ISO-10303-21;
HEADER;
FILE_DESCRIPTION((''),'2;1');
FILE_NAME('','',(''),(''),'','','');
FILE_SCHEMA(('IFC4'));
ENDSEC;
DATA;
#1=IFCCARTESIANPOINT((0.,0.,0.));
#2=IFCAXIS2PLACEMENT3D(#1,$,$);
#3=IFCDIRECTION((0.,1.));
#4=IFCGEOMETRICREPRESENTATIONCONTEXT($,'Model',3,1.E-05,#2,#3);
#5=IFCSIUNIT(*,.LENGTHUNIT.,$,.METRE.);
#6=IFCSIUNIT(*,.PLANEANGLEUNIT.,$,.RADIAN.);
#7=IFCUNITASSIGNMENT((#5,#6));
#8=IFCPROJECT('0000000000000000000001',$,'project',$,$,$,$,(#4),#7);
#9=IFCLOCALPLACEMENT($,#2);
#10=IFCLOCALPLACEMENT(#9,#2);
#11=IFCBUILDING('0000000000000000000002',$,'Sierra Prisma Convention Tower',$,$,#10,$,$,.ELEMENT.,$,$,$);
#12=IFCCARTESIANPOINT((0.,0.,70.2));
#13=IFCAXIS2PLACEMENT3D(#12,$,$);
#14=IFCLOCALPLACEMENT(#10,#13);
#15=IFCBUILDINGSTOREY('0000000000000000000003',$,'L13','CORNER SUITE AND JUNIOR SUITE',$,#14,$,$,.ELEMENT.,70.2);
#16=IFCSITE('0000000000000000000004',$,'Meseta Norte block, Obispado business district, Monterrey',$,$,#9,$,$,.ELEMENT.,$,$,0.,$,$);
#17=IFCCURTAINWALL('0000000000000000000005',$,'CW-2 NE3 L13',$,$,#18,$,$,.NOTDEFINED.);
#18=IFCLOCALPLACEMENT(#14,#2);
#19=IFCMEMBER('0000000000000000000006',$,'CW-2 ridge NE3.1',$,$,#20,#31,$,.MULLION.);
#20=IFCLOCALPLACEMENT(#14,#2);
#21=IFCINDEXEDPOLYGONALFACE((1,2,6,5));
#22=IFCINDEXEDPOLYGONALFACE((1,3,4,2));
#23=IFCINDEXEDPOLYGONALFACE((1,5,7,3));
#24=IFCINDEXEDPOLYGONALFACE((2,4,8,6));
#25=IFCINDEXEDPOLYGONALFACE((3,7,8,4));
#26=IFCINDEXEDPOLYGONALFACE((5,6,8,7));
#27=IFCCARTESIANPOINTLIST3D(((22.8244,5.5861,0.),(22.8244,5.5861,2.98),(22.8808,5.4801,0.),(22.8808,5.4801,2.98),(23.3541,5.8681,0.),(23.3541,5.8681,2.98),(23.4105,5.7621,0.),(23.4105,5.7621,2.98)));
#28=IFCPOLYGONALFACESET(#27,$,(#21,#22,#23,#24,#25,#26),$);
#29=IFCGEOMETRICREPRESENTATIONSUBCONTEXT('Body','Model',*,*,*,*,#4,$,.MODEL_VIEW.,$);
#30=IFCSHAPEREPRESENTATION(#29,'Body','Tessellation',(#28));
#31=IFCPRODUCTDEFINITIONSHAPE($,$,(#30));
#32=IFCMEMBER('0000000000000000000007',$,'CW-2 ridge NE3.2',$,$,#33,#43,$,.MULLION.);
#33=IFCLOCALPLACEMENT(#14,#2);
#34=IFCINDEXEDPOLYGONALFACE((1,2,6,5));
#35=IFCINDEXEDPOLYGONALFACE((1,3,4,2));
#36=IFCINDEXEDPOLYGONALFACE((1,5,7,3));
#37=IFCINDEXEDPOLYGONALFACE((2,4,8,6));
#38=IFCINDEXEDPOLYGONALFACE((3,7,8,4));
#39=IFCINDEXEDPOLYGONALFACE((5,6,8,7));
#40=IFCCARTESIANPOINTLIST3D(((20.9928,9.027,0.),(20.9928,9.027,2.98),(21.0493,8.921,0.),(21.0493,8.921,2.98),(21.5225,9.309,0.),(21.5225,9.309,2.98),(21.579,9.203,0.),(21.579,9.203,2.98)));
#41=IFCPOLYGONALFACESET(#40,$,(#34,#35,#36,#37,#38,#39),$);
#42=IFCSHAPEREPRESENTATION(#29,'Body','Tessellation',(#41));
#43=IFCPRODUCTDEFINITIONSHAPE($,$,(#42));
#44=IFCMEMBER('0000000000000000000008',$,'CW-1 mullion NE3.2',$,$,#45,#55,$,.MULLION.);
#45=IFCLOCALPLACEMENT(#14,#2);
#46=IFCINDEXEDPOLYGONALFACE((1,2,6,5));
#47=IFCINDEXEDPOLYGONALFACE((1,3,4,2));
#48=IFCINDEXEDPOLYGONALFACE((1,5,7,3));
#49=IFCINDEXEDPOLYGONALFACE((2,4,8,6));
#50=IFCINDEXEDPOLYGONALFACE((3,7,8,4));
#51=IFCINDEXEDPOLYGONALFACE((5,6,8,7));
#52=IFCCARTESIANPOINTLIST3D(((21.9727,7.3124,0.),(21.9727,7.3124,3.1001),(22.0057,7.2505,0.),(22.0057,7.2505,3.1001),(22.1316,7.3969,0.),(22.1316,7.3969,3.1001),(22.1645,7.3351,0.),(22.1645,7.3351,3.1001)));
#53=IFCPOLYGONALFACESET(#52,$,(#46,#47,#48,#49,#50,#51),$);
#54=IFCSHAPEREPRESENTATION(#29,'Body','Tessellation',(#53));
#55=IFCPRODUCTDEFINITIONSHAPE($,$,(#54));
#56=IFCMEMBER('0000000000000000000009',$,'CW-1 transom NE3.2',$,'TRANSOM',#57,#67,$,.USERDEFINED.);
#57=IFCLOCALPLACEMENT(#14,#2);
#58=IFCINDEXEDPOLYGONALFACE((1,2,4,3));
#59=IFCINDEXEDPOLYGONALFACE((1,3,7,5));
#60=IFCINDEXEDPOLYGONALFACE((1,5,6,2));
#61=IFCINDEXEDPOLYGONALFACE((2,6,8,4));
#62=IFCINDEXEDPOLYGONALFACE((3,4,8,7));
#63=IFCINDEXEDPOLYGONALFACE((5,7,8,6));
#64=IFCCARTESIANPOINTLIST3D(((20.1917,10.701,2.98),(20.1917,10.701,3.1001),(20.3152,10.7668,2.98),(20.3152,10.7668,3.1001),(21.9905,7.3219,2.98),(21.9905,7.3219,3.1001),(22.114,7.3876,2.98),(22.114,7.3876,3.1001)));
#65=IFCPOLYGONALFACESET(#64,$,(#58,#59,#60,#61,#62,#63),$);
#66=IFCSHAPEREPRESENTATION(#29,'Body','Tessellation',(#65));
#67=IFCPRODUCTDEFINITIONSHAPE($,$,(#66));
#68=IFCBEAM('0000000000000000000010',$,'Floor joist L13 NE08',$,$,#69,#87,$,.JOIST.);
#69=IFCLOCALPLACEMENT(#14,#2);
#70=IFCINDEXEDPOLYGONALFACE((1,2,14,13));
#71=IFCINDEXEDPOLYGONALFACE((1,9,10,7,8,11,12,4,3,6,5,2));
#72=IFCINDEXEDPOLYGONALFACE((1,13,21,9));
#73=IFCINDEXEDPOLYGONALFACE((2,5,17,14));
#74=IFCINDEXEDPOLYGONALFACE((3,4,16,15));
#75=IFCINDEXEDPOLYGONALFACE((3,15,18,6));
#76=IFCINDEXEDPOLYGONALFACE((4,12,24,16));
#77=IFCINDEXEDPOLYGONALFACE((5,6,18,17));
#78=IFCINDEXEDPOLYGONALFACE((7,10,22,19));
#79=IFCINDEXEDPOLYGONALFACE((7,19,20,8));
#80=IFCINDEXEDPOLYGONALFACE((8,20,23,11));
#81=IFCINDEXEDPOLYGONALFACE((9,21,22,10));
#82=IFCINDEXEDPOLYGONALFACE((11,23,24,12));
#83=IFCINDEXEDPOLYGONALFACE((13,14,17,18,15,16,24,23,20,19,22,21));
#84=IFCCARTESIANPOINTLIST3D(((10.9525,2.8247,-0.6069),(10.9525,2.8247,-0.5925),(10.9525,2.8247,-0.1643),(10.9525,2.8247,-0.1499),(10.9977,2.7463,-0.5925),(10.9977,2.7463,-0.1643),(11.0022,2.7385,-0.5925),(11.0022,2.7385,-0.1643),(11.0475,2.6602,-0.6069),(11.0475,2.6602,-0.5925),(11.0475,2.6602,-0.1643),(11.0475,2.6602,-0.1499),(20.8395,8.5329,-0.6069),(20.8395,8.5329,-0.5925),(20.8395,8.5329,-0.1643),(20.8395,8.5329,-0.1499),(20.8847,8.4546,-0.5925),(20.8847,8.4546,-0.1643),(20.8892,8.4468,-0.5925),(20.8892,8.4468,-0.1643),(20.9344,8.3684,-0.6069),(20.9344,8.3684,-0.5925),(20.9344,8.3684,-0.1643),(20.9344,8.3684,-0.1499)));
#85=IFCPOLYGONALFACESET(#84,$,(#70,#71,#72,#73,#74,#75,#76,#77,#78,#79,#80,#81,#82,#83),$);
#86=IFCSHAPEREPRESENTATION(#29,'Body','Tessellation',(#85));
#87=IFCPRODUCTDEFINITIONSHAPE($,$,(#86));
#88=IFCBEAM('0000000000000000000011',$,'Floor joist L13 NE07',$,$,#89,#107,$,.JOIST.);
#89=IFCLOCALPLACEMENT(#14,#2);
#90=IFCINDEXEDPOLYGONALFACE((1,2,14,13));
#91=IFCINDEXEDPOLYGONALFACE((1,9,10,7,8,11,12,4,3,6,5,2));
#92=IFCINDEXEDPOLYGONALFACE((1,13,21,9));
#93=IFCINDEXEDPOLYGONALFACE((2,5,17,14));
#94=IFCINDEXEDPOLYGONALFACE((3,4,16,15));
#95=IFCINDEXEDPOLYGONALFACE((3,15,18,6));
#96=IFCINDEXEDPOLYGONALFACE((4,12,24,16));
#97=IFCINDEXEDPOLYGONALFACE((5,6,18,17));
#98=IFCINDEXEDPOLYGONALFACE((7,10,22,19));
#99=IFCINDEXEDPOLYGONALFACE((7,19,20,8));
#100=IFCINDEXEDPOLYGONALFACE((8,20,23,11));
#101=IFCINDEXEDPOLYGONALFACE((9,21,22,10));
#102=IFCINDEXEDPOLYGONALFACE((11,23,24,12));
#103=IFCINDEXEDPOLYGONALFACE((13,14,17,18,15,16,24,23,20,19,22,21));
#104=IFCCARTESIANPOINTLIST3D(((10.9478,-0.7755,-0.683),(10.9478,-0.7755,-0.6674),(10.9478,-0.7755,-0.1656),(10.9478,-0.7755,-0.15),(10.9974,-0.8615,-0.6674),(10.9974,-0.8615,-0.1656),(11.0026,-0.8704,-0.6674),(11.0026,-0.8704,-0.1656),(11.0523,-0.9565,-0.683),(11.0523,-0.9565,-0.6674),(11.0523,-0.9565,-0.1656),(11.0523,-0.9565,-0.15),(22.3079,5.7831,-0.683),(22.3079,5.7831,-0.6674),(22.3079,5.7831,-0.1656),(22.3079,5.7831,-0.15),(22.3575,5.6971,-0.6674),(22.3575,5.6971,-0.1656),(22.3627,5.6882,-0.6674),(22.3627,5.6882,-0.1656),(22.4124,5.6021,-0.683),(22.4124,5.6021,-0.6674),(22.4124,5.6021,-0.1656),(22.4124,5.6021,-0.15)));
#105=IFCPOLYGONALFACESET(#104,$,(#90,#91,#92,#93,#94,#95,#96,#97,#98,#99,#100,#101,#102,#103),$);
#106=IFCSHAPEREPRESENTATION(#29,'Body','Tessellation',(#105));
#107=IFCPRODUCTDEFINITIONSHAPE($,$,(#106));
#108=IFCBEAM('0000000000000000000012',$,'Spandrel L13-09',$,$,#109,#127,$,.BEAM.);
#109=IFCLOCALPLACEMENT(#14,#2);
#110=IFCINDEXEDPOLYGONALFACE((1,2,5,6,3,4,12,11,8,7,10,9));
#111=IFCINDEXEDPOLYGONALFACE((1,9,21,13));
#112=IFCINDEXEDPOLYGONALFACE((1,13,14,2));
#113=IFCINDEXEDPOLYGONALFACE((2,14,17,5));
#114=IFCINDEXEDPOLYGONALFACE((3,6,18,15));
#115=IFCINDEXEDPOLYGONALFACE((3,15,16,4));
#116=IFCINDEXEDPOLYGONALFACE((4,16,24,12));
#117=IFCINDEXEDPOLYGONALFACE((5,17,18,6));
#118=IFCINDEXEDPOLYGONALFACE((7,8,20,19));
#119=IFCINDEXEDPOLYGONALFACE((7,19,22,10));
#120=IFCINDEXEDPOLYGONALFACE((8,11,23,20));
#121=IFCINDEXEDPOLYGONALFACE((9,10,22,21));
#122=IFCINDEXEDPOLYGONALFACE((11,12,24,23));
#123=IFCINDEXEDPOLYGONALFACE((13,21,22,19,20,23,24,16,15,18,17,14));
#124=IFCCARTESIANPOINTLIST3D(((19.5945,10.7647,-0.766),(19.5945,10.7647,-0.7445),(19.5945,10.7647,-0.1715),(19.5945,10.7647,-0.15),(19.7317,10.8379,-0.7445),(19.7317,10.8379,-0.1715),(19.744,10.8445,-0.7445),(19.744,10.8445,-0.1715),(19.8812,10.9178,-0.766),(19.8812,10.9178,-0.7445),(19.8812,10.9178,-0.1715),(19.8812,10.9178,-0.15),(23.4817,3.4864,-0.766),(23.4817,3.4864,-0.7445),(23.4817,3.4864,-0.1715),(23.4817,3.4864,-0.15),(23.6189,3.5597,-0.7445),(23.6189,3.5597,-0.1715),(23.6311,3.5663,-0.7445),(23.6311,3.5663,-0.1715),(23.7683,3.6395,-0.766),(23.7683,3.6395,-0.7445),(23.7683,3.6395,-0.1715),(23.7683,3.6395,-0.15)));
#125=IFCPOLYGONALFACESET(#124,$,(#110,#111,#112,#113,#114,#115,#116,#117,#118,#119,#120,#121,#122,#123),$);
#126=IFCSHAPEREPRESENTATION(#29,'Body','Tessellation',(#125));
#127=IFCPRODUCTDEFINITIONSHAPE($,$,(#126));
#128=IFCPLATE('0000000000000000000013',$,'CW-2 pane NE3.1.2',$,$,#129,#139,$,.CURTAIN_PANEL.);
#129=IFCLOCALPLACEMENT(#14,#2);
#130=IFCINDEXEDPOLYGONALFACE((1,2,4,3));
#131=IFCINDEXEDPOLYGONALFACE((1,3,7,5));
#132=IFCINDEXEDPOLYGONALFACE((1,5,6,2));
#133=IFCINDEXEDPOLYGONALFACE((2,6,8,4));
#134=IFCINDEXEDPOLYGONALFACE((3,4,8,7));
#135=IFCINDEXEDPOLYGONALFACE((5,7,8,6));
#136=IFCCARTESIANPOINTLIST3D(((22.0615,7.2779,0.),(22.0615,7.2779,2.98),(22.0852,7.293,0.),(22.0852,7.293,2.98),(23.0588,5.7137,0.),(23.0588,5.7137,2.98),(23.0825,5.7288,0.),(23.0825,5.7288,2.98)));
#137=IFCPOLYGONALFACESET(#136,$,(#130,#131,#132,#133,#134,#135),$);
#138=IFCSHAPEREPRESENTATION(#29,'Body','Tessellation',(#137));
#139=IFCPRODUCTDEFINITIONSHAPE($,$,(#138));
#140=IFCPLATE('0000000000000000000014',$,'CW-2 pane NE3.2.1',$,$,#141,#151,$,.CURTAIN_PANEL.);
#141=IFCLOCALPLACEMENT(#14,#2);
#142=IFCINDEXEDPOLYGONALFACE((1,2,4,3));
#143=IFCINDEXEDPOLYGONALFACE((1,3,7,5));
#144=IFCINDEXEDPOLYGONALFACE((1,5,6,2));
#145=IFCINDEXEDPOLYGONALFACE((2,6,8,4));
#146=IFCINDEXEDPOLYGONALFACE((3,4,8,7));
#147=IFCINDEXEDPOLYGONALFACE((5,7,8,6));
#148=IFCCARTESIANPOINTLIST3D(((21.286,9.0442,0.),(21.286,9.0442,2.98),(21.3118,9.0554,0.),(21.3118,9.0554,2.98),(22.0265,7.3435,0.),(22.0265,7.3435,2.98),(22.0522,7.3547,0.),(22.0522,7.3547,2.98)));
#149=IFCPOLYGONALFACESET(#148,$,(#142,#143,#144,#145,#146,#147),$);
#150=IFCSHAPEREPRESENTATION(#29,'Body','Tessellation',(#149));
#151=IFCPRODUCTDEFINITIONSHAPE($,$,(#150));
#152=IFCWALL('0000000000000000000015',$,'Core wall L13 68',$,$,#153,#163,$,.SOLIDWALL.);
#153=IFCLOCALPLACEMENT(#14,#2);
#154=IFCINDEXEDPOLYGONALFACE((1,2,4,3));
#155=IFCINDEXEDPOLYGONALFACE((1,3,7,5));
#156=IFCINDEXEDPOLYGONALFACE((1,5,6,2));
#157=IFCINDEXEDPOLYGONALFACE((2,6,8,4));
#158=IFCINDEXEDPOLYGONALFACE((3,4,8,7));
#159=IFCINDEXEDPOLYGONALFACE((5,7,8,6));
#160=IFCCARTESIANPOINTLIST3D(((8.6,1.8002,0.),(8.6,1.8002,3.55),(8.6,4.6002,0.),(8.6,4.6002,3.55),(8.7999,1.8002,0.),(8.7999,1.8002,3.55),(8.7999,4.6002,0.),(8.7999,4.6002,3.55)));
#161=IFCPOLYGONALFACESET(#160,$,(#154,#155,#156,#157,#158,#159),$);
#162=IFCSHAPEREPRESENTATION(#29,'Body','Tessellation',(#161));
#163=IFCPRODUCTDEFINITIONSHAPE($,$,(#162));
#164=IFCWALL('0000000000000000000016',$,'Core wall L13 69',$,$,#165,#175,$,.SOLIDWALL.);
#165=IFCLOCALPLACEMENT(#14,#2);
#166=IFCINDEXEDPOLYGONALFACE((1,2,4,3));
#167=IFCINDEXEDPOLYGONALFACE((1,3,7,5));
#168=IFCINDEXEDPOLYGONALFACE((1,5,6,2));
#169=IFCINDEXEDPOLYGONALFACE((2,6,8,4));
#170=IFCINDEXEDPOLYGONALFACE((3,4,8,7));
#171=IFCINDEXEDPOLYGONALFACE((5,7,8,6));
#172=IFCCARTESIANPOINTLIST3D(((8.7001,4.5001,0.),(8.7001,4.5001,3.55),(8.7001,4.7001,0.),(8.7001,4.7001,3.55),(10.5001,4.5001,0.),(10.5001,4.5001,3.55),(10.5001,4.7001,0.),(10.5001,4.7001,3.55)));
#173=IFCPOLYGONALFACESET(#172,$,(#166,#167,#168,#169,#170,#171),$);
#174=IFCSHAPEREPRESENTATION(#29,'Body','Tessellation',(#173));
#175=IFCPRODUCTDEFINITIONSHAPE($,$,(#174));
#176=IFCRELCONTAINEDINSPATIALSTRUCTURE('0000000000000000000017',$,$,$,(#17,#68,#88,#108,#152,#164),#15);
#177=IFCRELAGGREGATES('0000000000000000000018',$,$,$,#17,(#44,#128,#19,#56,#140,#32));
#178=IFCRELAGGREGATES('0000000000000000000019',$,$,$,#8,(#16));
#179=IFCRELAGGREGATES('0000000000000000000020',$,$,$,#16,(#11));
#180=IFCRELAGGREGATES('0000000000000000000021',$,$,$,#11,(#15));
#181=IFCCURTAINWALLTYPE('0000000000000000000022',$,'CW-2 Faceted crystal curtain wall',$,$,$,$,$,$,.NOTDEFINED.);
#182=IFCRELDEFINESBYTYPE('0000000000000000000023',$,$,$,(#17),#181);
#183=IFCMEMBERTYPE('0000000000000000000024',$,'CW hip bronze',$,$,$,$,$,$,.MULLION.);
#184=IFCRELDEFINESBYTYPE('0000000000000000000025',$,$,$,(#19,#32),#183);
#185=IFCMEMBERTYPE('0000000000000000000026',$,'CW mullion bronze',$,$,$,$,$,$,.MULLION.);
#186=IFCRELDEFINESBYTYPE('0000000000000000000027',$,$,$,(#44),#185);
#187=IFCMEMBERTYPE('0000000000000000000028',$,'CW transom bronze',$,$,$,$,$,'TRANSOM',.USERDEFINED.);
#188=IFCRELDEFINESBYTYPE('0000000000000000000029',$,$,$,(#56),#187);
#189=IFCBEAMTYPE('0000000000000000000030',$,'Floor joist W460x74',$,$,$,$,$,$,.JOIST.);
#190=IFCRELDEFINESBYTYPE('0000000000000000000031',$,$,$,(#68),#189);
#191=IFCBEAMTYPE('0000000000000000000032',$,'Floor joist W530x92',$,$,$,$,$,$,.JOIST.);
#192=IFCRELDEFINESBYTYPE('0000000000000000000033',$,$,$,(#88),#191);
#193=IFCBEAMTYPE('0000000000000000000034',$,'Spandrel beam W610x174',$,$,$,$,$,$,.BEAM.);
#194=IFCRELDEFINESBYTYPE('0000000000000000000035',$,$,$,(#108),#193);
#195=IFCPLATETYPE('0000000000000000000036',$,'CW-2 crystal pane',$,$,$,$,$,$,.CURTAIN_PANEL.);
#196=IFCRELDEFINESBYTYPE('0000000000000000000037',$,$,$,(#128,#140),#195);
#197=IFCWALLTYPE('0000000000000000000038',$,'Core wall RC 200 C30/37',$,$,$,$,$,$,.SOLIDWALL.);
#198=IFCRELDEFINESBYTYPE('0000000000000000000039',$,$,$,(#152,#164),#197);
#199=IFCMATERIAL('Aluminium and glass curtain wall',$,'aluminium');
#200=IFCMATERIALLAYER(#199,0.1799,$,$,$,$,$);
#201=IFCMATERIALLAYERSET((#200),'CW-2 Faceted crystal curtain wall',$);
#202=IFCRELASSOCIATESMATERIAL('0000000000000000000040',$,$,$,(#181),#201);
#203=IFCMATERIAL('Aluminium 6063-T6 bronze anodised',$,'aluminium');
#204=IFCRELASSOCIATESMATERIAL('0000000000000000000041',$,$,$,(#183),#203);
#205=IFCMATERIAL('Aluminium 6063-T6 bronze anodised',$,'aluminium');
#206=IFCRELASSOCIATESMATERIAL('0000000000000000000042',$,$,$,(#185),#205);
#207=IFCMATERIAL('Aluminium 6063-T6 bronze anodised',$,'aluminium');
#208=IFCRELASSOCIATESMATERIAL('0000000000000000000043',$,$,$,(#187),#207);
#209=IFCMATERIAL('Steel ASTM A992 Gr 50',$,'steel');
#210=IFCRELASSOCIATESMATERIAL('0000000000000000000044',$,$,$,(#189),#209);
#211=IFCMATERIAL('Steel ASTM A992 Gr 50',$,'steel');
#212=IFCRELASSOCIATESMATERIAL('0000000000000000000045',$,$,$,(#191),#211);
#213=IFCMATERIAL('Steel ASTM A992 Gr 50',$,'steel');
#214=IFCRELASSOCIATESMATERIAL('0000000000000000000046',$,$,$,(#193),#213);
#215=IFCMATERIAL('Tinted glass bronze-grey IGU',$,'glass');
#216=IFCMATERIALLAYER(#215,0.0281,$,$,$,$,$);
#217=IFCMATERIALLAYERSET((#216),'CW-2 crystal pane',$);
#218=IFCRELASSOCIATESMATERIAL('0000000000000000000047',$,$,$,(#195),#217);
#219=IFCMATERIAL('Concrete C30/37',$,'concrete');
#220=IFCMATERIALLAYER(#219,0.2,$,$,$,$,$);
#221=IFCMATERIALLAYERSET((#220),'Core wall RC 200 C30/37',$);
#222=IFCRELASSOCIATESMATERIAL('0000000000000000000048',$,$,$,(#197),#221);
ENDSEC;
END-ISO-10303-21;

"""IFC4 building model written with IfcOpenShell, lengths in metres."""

from ifc_helpers import new_model, si_unit, direction, frame, frame_2d, origin, origin_2d, place, context, subcontext, project, spatial, polyline, rectangle, i_section, outline, extrude, material, layer, layer_set, material_profile, profile_set, type_object, element, aggregate, save


model = new_model("IFC4")

# Units and contexts
model_context = context("Model", 3, precision=1e-05, world=origin(), true_north=direction((0.0, 1.0)))
body_context = subcontext(model_context, "Body", "Model", "MODEL_VIEW")
ifc_project = project(units=[si_unit("LENGTHUNIT", "METRE"), si_unit("PLANEANGLEUNIT", "RADIAN")], contexts=[model_context])

# Site, building, storey
site_placement = place(None, origin())
site = spatial("IfcSite", under=ifc_project, at=site_placement, Name="Meseta Norte block, Obispado business district, Monterrey", CompositionType="ELEMENT", RefElevation=0.0)
building_placement = place(site_placement, origin())
building = spatial("IfcBuilding", under=site, at=building_placement, Name="Sierra Prisma Convention Tower", CompositionType="ELEMENT")
storey_placement = place(building_placement, frame((0.0, 0.0, 70.2)))
storey = spatial("IfcBuildingStorey", under=building, at=storey_placement, Name="L13", Description="CORNER SUITE AND JUNIOR SUITE", CompositionType="ELEMENT", Elevation=70.2)

# Curtain wall, members
ifc_material_1 = material(Name="Aluminium and glass curtain wall", Category="aluminium")
ifc_layer_1 = layer(ifc_material_1, 0.1799)
ifc_layer_set_1 = layer_set([ifc_layer_1], Name="CW-2 Faceted crystal curtain wall")
curtain_wall_type = type_object("IfcCurtainWallType", Name="CW-2 Faceted crystal curtain wall", PredefinedType="NOTDEFINED", material=ifc_layer_set_1)
curtain_wall_placement = place(storey_placement, origin())
curtain_wall = element("IfcCurtainWall", 1, at=curtain_wall_placement, inside=storey, type_object=curtain_wall_type, Name="CW-2 NE3 L13", PredefinedType="NOTDEFINED")
ifc_material_2 = material(Name="Aluminium 6063-T6 bronze anodised", Category="aluminium")
ifc_material_profile_1 = material_profile(ifc_material_2, rectangle(XDim=0.1201, YDim=0.6001, at=origin_2d()), Name="ALU RIDGE BLADE 120x600")
ifc_profile_set_1 = profile_set([ifc_material_profile_1], Name="Aluminium 6063-T6 bronze anodised")
member_type_1 = type_object("IfcMemberType", Name="CW hip bronze", PredefinedType="MULLION", material=ifc_profile_set_1)
member_1_placement = place(storey_placement, frame((23.1174, 5.6741, 0.0), z_axis=(0.0, 0.0, 1.0), x_axis=(-0.469904, 0.882718, 0.0)))
member_1 = element("IfcMember", 2, at=member_1_placement, type_object=member_type_1, Name="CW-2 ridge NE3.1", PredefinedType="MULLION", context=body_context, shape_type="SweptSolid", body=[
    extrude(rectangle(XDim=0.1201, YDim=0.6001, at=origin_2d()), origin(), (0.0, 0.0, 1.0), 2.98),
])
member_2_placement = place(storey_placement, frame((21.2859, 9.115, 0.0), z_axis=(0.0, 0.0, 1.0), x_axis=(-0.469904, 0.882718, 0.0)))
member_2 = element("IfcMember", 3, at=member_2_placement, type_object=member_type_1, Name="CW-2 ridge NE3.2", PredefinedType="MULLION", context=body_context, shape_type="SweptSolid", body=[
    extrude(rectangle(XDim=0.1201, YDim=0.6001, at=origin_2d()), origin(), (0.0, 0.0, 1.0), 2.98),
])
ifc_material_3 = material(Name="Aluminium 6063-T6 bronze anodised", Category="aluminium")
ifc_material_profile_2 = material_profile(ifc_material_3, rectangle(XDim=0.1799, YDim=0.0701, at=origin_2d()), Name="ALU MULLION 70x180")
ifc_profile_set_2 = profile_set([ifc_material_profile_2], Name="Aluminium 6063-T6 bronze anodised")
member_type_2 = type_object("IfcMemberType", Name="CW mullion bronze", PredefinedType="MULLION", material=ifc_profile_set_2)
member_3_placement = place(storey_placement, frame((22.0686, 7.3237, 0.0), z_axis=(0.0, 0.0, 1.0), x_axis=(-0.882718, -0.469904, 0.0)))
member_3 = element("IfcMember", 4, at=member_3_placement, type_object=member_type_2, Name="CW-1 mullion NE3.2", PredefinedType="MULLION", context=body_context, shape_type="SweptSolid", body=[
    extrude(rectangle(XDim=0.1799, YDim=0.0701, at=origin_2d()), origin(), (0.0, 0.0, 1.0), 3.1001),
])
ifc_material_4 = material(Name="Aluminium 6063-T6 bronze anodised", Category="aluminium")
ifc_material_profile_3 = material_profile(ifc_material_4, rectangle(XDim=0.1399, YDim=0.1201, at=origin_2d()), Name="ALU TRANSOM 120x140")
ifc_profile_set_3 = profile_set([ifc_material_profile_3], Name="Aluminium 6063-T6 bronze anodised")
member_type_3 = type_object("IfcMemberType", Name="CW transom bronze", ElementType="TRANSOM", PredefinedType="USERDEFINED", material=ifc_profile_set_3)
member_4_placement = place(storey_placement, frame((22.0522, 7.3547, 3.04), z_axis=(-0.4699, 0.88272, 0.0), x_axis=(-0.88272, -0.4699, 0.0)))
member_4 = element("IfcMember", 5, at=member_4_placement, type_object=member_type_3, Name="CW-1 transom NE3.2", ObjectType="TRANSOM", PredefinedType="USERDEFINED", context=body_context, shape_type="SweptSolid", body=[
    extrude(rectangle(XDim=0.1399, YDim=0.1201, at=origin_2d()), origin(), (0.0, 0.0, 1.0), 3.8281),
])

# Beams
ifc_material_5 = material(Name="Steel ASTM A992 Gr 50", Category="steel")
ifc_material_profile_4 = material_profile(ifc_material_5, i_section(OverallWidth=0.1899, OverallDepth=0.457, WebThickness=0.009, FlangeThickness=0.0144, at=origin_2d()), Name="W460x74")
ifc_profile_set_4 = profile_set([ifc_material_profile_4], Name="Steel ASTM A992 Gr 50")
beam_type_1 = type_object("IfcBeamType", Name="Floor joist W460x74", PredefinedType="JOIST", material=ifc_profile_set_4)
beam_1_placement = place(storey_placement, frame((20.887, 8.4507, -0.3784), z_axis=(-0.866025, -0.500001, 0.0), x_axis=(0.500001, -0.866025, 0.0)))
element("IfcBeam", 6, at=beam_1_placement, inside=storey, type_object=beam_type_1, Name="Floor joist L13 NE08", PredefinedType="JOIST", context=body_context, shape_type="SweptSolid", body=[
    extrude(i_section(OverallWidth=0.1899, OverallDepth=0.457, WebThickness=0.009, FlangeThickness=0.0144, at=origin_2d()), origin(), (0.0, 0.0, 1.0), 11.4165),
])
ifc_material_6 = material(Name="Steel ASTM A992 Gr 50", Category="steel")
ifc_material_profile_5 = material_profile(ifc_material_6, i_section(OverallWidth=0.209, OverallDepth=0.533, WebThickness=0.0103, FlangeThickness=0.0156, at=origin_2d()), Name="W530x92")
ifc_profile_set_5 = profile_set([ifc_material_profile_5], Name="Steel ASTM A992 Gr 50")
beam_type_2 = type_object("IfcBeamType", Name="Floor joist W530x92", PredefinedType="JOIST", material=ifc_profile_set_5)
beam_2_placement = place(storey_placement, frame((22.3601, 5.6926, -0.4165), z_axis=(-0.866031, -0.49999, 0.0), x_axis=(0.49999, -0.866031, 0.0)))
element("IfcBeam", 7, at=beam_2_placement, inside=storey, type_object=beam_type_2, Name="Floor joist L13 NE07", PredefinedType="JOIST", context=body_context, shape_type="SweptSolid", body=[
    extrude(i_section(OverallWidth=0.209, OverallDepth=0.533, WebThickness=0.0103, FlangeThickness=0.0156, at=origin_2d()), origin(), (0.0, 0.0, 1.0), 13.1174),
])
ifc_material_7 = material(Name="Steel ASTM A992 Gr 50", Category="steel")
ifc_material_profile_6 = material_profile(ifc_material_7, i_section(OverallWidth=0.325, OverallDepth=0.616, WebThickness=0.0139, FlangeThickness=0.0215, at=origin_2d()), Name="W610x174")
ifc_profile_set_6 = profile_set([ifc_material_profile_6], Name="Steel ASTM A992 Gr 50")
beam_type_3 = type_object("IfcBeamType", Name="Spandrel beam W610x174", PredefinedType="BEAM", material=ifc_profile_set_6)
beam_3_placement = place(storey_placement, frame((23.625, 3.563, -0.458), z_axis=(-0.471101, 0.882079, 0.0), x_axis=(-0.882079, -0.471101, 0.0)))
element("IfcBeam", 8, at=beam_3_placement, inside=storey, type_object=beam_type_3, Name="Spandrel L13-09", PredefinedType="BEAM", context=body_context, shape_type="SweptSolid", body=[
    extrude(i_section(OverallWidth=0.325, OverallDepth=0.616, WebThickness=0.0139, FlangeThickness=0.0215, at=origin_2d()), origin(), (0.0, 0.0, 1.0), 8.2512),
])

# Plates
ifc_material_8 = material(Name="Tinted glass bronze-grey IGU", Category="glass")
ifc_layer_2 = layer(ifc_material_8, 0.0281)
ifc_layer_set_2 = layer_set([ifc_layer_2], Name="CW-2 crystal pane")
plate_type = type_object("IfcPlateType", Name="CW-2 crystal pane", PredefinedType="CURTAIN_PANEL", material=ifc_layer_set_2)
plate_1_placement = place(storey_placement, frame((22.0852, 7.293, 0.0), z_axis=(0.843195, 0.537608, 0.0), x_axis=(0.537608, -0.843195, 0.0)))
plate_1 = element("IfcPlate", 9, at=plate_1_placement, type_object=plate_type, Name="CW-2 pane NE3.1.2", PredefinedType="CURTAIN_PANEL", context=body_context, shape_type="SweptSolid", body=[
    extrude(outline(polyline([(0.0, 0.0), (1.8551, 0.0), (1.8551, -2.98), (0.0, -2.98), (0.0, 0.0)])), origin(), (0.0, 0.0, -1.0), 0.0281),
])
plate_2_placement = place(storey_placement, frame((22.0522, 7.3547, 0.0), z_axis=(0.916863, 0.399203, 0.0), x_axis=(-0.399203, 0.916863, 0.0)))
plate_2 = element("IfcPlate", 10, at=plate_2_placement, type_object=plate_type, Name="CW-2 pane NE3.2.1", PredefinedType="CURTAIN_PANEL", context=body_context, shape_type="SweptSolid", body=[
    extrude(outline(polyline([(0.0, 0.0), (1.8549, 0.0), (1.8549, 2.98), (0.0, 2.98), (0.0, 0.0)])), origin(), (0.0, 0.0, -1.0), 0.0281),
])
aggregate(curtain_wall, [member_3, plate_1, member_1, member_4, plate_2, member_2])

# Shared definitions
ifc_material_9 = material(Name="Concrete C30/37", Category="concrete")
ifc_layer_3 = layer(ifc_material_9, 0.2)
ifc_layer_set_3 = layer_set([ifc_layer_3], Name="Core wall RC 200 C30/37")
wall_type_1 = type_object("IfcWallType", Name="Core wall RC 200 C30/37", PredefinedType="SOLIDWALL", material=ifc_layer_set_3)

# Walls
wall_1_placement = place(storey_placement, frame((8.7, 4.6001, 0.0), z_axis=(0.0, 0.0, 1.0), x_axis=(0.0, -1.0, 0.0)))
element("IfcWall", 11, at=wall_1_placement, inside=storey, type_object=wall_type_1, Name="Core wall L13 68", PredefinedType="SOLIDWALL", context=body_context, shape_type="SweptSolid", body=[
    extrude(rectangle(XDim=2.8, YDim=0.2, at=frame_2d((1.3999, 0.0))), origin(), (0.0, 0.0, 1.0), 3.55),
])
wall_2_placement = place(storey_placement, frame((10.5, 4.6001, 0.0), z_axis=(0.0, 0.0, 1.0), x_axis=(-1.0, 0.0, 0.0)))
element("IfcWall", 12, at=wall_2_placement, inside=storey, type_object=wall_type_1, Name="Core wall L13 69", PredefinedType="SOLIDWALL", context=body_context, shape_type="SweptSolid", body=[
    extrude(rectangle(XDim=1.8, YDim=0.2, at=frame_2d((0.8999, 0.0))), origin(), (0.0, 0.0, 1.0), 3.55),
])

save(model, "model.ifc")
